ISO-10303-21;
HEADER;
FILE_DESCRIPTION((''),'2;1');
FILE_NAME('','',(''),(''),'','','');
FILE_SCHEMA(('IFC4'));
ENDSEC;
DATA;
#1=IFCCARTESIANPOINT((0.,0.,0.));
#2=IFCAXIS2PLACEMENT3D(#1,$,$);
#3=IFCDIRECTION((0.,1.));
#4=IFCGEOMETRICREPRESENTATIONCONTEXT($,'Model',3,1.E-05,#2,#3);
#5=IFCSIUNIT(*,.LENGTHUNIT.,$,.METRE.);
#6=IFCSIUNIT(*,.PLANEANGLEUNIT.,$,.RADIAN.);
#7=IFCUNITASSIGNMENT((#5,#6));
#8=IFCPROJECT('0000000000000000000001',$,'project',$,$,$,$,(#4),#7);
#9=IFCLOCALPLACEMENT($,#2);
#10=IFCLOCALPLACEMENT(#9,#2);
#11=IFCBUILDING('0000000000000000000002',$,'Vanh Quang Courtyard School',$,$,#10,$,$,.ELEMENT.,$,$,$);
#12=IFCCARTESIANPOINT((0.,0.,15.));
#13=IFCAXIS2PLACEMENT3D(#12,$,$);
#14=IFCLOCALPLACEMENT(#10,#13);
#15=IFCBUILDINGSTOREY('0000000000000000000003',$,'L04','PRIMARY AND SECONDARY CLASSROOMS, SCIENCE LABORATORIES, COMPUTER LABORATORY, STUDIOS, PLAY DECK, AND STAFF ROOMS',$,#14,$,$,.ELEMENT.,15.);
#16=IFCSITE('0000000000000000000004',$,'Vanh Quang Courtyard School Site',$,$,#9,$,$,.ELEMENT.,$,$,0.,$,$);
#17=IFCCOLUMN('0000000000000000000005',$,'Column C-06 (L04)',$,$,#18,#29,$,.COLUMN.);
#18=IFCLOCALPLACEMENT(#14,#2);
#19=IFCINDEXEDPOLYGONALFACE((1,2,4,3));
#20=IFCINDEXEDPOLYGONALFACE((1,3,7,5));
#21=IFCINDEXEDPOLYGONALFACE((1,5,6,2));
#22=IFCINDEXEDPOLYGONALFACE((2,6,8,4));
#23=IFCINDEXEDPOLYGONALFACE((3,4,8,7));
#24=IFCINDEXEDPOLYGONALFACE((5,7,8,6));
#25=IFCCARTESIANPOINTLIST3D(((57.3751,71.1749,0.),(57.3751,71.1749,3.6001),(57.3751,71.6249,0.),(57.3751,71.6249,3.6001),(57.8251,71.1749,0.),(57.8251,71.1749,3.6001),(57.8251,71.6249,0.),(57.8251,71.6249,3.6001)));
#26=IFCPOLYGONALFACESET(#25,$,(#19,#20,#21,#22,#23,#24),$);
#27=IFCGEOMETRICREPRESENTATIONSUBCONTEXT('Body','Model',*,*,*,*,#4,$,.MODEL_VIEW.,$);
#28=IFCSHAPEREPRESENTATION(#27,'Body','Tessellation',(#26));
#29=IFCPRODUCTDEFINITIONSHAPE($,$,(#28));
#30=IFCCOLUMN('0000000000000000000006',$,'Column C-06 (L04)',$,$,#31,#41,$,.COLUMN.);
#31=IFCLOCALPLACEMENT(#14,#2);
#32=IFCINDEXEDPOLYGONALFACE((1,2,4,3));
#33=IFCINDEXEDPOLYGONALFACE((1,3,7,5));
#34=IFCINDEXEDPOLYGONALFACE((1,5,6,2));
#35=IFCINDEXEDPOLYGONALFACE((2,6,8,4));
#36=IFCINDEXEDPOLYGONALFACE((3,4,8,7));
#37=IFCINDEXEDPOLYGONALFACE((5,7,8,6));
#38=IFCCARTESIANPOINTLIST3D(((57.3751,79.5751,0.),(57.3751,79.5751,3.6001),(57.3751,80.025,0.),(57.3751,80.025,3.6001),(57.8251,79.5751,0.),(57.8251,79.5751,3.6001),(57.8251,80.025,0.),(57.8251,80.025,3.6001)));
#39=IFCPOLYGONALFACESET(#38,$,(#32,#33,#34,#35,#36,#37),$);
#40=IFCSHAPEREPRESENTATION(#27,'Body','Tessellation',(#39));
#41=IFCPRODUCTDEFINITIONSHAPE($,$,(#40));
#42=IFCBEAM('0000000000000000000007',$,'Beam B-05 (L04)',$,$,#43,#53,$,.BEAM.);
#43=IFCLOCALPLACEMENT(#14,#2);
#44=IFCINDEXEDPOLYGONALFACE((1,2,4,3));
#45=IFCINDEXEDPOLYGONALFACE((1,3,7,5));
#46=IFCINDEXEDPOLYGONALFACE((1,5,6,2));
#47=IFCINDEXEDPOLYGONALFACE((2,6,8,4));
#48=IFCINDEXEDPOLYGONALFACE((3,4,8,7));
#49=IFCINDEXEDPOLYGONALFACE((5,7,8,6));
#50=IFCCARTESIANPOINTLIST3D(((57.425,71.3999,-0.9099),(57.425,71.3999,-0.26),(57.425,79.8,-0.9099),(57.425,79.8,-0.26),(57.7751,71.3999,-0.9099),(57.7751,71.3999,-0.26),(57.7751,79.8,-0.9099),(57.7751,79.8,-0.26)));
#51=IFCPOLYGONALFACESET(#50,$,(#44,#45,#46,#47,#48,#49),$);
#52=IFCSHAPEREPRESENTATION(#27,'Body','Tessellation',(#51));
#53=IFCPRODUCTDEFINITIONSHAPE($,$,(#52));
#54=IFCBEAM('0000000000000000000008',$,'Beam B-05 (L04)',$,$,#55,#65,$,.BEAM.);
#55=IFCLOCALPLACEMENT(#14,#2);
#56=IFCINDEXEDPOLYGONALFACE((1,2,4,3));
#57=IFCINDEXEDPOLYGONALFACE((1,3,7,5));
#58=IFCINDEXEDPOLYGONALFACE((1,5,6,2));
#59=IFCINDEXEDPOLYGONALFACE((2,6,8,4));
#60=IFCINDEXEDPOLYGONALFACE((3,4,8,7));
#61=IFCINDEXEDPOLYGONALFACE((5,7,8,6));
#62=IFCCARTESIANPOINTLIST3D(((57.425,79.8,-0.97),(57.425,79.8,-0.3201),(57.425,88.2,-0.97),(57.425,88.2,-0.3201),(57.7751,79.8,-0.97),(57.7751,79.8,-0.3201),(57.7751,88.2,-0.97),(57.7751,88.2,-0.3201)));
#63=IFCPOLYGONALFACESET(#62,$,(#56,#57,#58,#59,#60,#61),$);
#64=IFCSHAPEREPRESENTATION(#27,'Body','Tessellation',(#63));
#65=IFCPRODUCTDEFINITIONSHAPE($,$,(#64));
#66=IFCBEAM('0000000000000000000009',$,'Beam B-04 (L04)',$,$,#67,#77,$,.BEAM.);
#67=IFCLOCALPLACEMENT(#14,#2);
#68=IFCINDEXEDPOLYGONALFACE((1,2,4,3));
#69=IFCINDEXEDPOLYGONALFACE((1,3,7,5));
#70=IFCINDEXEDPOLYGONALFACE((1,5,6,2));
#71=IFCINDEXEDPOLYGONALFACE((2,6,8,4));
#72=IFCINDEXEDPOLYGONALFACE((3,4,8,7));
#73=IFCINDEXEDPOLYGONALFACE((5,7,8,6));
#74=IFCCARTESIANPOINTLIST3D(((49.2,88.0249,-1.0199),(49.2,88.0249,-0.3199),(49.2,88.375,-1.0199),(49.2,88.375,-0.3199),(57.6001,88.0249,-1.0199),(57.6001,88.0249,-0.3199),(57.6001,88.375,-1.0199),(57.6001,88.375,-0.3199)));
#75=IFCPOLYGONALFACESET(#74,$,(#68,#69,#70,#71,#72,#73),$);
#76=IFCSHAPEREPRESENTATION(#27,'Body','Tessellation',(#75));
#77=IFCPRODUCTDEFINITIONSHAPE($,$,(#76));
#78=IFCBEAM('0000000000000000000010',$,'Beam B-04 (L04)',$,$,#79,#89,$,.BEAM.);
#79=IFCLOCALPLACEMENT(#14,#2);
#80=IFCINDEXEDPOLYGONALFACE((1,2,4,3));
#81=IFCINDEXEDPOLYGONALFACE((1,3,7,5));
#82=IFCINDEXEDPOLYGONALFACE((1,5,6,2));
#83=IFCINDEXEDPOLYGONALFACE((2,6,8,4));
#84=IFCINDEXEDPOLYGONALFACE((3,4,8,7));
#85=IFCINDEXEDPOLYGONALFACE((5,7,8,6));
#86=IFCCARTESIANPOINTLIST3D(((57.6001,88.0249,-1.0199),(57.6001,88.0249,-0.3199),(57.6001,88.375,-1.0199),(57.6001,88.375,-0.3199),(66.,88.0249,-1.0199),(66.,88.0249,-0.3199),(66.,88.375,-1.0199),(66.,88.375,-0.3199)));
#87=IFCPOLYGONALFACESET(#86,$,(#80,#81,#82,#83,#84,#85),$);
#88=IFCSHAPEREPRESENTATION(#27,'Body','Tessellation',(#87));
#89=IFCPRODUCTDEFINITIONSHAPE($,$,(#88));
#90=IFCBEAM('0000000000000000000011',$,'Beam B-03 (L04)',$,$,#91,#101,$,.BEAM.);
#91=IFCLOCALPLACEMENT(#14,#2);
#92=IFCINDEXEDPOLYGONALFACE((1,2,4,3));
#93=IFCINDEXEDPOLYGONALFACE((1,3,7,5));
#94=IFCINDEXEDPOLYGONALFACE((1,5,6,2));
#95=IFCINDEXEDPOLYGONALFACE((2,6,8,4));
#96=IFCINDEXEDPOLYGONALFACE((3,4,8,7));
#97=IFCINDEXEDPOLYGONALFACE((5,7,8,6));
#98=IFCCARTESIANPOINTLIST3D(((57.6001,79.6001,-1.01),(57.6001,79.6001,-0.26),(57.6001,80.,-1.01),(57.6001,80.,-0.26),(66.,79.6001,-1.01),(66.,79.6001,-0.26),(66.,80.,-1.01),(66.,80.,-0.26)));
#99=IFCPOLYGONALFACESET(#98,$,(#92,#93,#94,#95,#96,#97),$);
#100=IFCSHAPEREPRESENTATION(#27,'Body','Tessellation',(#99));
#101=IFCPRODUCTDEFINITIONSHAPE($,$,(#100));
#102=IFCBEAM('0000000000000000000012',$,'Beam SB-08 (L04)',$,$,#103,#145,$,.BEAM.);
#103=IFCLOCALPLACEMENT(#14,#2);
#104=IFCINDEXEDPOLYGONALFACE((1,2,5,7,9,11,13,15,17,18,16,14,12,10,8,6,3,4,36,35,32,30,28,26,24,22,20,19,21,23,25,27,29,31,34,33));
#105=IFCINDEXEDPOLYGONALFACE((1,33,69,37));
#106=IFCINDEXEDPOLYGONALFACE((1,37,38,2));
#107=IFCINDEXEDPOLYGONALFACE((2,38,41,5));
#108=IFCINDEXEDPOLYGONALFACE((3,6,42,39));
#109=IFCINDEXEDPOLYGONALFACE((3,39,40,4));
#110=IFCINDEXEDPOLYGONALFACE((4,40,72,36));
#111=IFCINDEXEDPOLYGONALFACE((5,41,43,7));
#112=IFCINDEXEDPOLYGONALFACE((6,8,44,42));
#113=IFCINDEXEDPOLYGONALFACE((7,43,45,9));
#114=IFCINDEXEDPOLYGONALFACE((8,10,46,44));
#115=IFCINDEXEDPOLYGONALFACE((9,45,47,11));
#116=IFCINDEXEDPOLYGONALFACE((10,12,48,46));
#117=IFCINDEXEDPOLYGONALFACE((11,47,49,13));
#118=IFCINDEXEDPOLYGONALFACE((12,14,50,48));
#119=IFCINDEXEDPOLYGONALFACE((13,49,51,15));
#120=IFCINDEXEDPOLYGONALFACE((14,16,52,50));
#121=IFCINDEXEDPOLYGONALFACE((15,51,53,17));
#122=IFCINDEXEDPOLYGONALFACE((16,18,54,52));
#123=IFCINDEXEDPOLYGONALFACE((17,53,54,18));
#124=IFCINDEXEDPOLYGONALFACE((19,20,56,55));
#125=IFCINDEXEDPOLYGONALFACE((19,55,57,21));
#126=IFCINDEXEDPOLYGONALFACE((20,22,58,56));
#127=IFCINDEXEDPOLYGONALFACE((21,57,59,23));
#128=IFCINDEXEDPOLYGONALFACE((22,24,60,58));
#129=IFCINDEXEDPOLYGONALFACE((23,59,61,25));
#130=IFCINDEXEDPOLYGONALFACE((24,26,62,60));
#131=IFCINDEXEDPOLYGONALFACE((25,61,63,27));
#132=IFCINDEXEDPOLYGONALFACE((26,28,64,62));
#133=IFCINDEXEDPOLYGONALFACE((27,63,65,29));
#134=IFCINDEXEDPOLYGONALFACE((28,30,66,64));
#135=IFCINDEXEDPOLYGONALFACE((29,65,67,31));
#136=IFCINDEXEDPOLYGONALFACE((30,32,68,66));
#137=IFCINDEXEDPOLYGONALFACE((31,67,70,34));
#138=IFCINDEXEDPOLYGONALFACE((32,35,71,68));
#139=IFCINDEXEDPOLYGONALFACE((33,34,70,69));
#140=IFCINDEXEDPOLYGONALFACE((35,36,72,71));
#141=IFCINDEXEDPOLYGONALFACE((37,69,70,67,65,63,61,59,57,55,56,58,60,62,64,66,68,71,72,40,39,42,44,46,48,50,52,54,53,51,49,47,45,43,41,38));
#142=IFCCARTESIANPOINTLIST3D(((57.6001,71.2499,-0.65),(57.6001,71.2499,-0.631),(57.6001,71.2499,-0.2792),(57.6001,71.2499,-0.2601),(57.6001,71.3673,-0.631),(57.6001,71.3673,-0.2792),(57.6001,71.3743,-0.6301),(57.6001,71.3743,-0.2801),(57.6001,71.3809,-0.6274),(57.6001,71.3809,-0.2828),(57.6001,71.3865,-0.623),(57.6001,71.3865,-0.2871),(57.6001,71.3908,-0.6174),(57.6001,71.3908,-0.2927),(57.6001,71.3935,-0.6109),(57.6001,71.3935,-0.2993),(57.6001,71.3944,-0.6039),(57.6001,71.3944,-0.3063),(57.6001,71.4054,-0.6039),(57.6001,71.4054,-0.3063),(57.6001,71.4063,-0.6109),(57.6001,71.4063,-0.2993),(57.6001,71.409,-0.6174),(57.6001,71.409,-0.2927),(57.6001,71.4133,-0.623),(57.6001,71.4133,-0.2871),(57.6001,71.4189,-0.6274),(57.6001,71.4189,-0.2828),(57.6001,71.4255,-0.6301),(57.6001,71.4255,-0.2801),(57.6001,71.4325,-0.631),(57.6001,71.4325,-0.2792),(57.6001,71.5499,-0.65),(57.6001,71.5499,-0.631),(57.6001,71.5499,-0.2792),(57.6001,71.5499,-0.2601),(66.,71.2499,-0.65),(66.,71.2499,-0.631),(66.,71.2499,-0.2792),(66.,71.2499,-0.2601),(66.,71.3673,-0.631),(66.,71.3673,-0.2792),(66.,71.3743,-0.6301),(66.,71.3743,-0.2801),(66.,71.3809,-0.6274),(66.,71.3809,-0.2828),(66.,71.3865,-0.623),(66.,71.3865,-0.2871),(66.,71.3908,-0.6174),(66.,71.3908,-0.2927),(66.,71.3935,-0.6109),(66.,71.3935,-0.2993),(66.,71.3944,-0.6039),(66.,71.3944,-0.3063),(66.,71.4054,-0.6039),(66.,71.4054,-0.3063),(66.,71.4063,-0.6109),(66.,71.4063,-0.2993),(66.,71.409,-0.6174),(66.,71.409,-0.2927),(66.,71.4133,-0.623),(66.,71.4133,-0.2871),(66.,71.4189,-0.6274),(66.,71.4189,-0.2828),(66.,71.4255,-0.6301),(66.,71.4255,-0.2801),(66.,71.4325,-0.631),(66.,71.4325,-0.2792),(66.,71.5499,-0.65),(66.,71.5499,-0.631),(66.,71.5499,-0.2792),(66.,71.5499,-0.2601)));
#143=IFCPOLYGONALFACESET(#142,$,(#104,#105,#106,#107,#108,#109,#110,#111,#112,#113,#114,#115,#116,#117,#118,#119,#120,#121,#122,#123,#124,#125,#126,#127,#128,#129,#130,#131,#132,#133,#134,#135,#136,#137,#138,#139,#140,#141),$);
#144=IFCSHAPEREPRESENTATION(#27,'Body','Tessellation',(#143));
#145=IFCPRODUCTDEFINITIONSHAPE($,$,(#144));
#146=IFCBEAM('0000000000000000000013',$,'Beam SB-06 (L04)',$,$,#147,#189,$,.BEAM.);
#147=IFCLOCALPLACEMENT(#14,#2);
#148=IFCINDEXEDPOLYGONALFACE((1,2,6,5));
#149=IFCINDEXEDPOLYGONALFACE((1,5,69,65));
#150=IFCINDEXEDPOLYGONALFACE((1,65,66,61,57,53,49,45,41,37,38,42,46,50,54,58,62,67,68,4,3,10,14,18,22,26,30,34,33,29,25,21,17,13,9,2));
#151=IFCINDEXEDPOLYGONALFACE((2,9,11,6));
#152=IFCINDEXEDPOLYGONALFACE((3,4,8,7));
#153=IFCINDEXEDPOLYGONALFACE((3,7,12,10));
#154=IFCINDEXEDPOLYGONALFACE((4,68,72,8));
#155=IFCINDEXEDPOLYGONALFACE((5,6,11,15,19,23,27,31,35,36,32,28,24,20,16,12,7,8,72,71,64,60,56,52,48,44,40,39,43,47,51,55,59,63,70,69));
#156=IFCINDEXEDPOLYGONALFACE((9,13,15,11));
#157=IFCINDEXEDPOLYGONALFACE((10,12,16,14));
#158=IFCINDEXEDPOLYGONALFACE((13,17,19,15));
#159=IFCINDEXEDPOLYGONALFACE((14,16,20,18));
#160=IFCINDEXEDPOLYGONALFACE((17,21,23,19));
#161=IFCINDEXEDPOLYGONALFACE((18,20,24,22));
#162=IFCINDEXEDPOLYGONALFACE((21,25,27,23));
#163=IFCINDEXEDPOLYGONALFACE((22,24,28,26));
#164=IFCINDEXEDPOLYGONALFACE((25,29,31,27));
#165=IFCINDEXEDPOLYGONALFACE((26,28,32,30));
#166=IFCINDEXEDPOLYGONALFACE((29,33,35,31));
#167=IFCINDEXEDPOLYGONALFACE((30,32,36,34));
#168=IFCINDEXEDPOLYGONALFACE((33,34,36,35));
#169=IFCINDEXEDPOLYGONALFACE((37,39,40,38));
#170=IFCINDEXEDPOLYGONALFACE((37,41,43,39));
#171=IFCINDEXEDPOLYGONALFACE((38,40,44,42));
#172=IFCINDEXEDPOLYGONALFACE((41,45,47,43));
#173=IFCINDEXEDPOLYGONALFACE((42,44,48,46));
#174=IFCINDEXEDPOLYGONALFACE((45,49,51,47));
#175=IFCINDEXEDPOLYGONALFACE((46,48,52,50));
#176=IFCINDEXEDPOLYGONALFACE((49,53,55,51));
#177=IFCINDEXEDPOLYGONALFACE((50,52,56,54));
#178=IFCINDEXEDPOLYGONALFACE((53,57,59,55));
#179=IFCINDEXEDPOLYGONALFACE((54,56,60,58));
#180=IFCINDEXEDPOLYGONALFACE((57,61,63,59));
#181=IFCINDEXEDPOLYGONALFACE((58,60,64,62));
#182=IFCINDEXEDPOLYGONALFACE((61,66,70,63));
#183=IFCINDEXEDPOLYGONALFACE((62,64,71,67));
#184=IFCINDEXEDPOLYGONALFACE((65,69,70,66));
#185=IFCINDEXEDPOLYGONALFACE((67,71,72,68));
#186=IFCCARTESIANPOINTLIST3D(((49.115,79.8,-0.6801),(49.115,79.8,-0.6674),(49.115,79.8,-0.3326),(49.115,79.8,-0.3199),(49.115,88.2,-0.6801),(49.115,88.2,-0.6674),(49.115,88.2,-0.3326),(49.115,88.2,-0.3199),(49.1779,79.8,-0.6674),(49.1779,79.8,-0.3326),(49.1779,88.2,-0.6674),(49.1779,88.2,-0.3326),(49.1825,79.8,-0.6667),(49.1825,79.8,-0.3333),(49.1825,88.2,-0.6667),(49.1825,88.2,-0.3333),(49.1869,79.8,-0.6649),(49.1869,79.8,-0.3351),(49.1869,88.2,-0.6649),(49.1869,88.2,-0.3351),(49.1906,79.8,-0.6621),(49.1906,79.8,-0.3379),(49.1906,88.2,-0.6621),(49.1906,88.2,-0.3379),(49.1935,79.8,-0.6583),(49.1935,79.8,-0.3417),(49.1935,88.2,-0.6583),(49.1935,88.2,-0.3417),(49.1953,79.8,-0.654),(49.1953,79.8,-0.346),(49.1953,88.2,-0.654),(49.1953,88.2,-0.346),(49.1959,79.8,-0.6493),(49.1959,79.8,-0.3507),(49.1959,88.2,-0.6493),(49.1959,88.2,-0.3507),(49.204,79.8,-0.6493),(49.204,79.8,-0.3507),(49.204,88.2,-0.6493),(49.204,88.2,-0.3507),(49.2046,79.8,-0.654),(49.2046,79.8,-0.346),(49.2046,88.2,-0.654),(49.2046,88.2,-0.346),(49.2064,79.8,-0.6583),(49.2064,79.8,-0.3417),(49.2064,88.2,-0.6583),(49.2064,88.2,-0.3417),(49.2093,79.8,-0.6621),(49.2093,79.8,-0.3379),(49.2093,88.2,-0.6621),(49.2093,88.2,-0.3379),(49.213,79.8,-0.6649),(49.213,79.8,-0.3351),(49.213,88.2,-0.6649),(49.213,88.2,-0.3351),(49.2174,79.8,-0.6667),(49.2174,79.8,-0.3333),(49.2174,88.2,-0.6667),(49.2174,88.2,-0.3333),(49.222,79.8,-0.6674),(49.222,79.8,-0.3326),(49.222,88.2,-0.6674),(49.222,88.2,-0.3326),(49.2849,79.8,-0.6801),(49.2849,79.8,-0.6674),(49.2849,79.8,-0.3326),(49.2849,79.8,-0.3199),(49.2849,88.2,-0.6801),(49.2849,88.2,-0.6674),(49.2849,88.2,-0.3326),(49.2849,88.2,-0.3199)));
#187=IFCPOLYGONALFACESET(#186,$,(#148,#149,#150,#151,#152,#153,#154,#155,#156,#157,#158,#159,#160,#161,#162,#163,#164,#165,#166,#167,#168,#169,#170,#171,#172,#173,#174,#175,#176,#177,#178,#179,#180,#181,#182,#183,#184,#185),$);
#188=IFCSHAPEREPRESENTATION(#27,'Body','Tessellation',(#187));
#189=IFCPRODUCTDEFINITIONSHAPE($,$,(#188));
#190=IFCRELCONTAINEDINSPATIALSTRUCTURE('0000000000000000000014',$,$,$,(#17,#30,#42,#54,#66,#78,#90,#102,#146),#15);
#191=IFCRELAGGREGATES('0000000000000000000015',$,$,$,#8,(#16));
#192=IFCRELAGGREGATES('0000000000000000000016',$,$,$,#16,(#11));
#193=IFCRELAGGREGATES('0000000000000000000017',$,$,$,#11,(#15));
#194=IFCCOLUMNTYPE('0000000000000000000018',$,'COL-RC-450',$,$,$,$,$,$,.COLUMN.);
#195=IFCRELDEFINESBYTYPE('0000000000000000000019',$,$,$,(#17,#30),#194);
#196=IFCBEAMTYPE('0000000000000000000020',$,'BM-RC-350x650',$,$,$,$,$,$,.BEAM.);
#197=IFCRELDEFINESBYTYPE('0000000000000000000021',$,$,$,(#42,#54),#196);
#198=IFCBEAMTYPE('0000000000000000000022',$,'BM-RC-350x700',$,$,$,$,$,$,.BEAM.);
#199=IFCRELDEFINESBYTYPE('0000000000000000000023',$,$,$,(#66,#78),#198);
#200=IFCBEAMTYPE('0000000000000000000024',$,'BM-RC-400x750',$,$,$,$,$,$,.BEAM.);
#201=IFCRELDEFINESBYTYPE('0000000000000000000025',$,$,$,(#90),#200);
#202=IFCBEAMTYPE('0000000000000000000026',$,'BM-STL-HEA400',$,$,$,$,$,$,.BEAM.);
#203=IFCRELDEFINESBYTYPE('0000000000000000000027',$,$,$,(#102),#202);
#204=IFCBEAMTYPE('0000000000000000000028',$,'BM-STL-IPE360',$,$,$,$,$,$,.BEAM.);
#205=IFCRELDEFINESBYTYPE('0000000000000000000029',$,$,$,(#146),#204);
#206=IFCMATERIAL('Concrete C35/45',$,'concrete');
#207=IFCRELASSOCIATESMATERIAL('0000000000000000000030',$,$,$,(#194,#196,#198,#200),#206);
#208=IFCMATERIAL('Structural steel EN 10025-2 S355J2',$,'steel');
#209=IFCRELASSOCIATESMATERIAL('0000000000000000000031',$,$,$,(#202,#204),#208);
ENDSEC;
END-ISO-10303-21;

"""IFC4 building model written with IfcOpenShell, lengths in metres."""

from ifc_helpers import new_model, si_unit, direction, frame, origin, origin_2d, place, context, subcontext, project, spatial, rectangle, i_section, extrude, material, material_profile, profile_set, type_object, element, save


model = new_model("IFC4")

# Units and contexts
model_context = context("Model", 3, precision=1e-05, world=origin(), true_north=direction((0.0, 1.0)))
body_context = subcontext(model_context, "Body", "Model", "MODEL_VIEW")
ifc_project = project(units=[si_unit("LENGTHUNIT", "METRE"), si_unit("PLANEANGLEUNIT", "RADIAN")], contexts=[model_context])

# Site, building, storey
site_placement = place(None, origin())
site = spatial("IfcSite", under=ifc_project, at=site_placement, Name="Vanh Quang Courtyard School Site", CompositionType="ELEMENT", RefElevation=0.0)
building_placement = place(site_placement, origin())
building = spatial("IfcBuilding", under=site, at=building_placement, Name="Vanh Quang Courtyard School", CompositionType="ELEMENT")
storey_placement = place(building_placement, frame((0.0, 0.0, 15.0)))
storey = spatial("IfcBuildingStorey", under=building, at=storey_placement, Name="L04", Description="PRIMARY AND SECONDARY CLASSROOMS, SCIENCE LABORATORIES, COMPUTER LABORATORY, STUDIOS, PLAY DECK, AND STAFF ROOMS", CompositionType="ELEMENT", Elevation=15.0)

# Columns
ifc_material_1 = material(Name="Concrete C35/45", Category="concrete")
ifc_material_profile_1 = material_profile(ifc_material_1, rectangle(XDim=0.45, YDim=0.45, at=origin_2d()), Name="RC-COL 450x450")
ifc_profile_set_1 = profile_set([ifc_material_profile_1], Name="Concrete C35/45")
column_type = type_object("IfcColumnType", Name="COL-RC-450", PredefinedType="COLUMN", material=ifc_profile_set_1)
for number, where, z_axis, x_axis, name in (
    (1, (57.6001, 71.3999, 0.0), (0.0, 0.0, 1.0), (1.0, 0.0, 0.0), "Column C-06 (L04)"),
    (2, (57.6001, 79.8, 0.0), (0.0, 0.0, 1.0), (1.0, 0.0, 0.0), "Column C-06 (L04)"),
):
    element("IfcColumn", number, at=place(storey_placement, frame(where, z_axis=z_axis, x_axis=x_axis)), inside=storey, type_object=column_type, Name=name, PredefinedType="COLUMN", context=body_context, shape_type="SweptSolid", body=[
        extrude(rectangle(XDim=0.45, YDim=0.45, at=origin_2d()), origin(), (0.0, 0.0, 1.0), 3.6001),
    ])

# Beams
ifc_material_profile_2 = material_profile(ifc_material_1, rectangle(XDim=0.3501, YDim=0.6499, at=origin_2d()), Name="RC-BM 350x650")
ifc_profile_set_2 = profile_set([ifc_material_profile_2], Name="Concrete C35/45")
beam_type_1 = type_object("IfcBeamType", Name="BM-RC-350x650", PredefinedType="BEAM", material=ifc_profile_set_2)
beam_1_placement = place(storey_placement, frame((57.6001, 71.3999, -0.585), z_axis=(0.0, 1.0, 0.0), x_axis=(-1.0, 0.0, 0.0)))
element("IfcBeam", 3, at=beam_1_placement, inside=storey, type_object=beam_type_1, Name="Beam B-05 (L04)", PredefinedType="BEAM", context=body_context, shape_type="SweptSolid", body=[
    extrude(rectangle(XDim=0.3501, YDim=0.6499, at=origin_2d()), origin(), (0.0, 0.0, 1.0), 8.4001),
])
beam_2_placement = place(storey_placement, frame((57.6001, 79.8, -0.645), z_axis=(0.0, 1.0, 0.0), x_axis=(-1.0, 0.0, 0.0)))
element("IfcBeam", 4, at=beam_2_placement, inside=storey, type_object=beam_type_1, Name="Beam B-05 (L04)", PredefinedType="BEAM", context=body_context, shape_type="SweptSolid", body=[
    extrude(rectangle(XDim=0.3501, YDim=0.6499, at=origin_2d()), origin(), (0.0, 0.0, 1.0), 8.3999),
])
ifc_material_profile_3 = material_profile(ifc_material_1, rectangle(XDim=0.3501, YDim=0.7, at=origin_2d()), Name="RC-BM 350x700")
ifc_profile_set_3 = profile_set([ifc_material_profile_3], Name="Concrete C35/45")
beam_type_2 = type_object("IfcBeamType", Name="BM-RC-350x700", PredefinedType="BEAM", material=ifc_profile_set_3)
beam_3_placement = place(storey_placement, frame((49.2, 88.2, -0.6699), z_axis=(1.0, 0.0, 0.0), x_axis=(0.0, 1.0, 0.0)))
element("IfcBeam", 5, at=beam_3_placement, inside=storey, type_object=beam_type_2, Name="Beam B-04 (L04)", PredefinedType="BEAM", context=body_context, shape_type="SweptSolid", body=[
    extrude(rectangle(XDim=0.3501, YDim=0.7, at=origin_2d()), origin(), (0.0, 0.0, 1.0), 8.4001),
])
beam_4_placement = place(storey_placement, frame((57.6001, 88.2, -0.6699), z_axis=(1.0, 0.0, 0.0), x_axis=(0.0, 1.0, 0.0)))
element("IfcBeam", 6, at=beam_4_placement, inside=storey, type_object=beam_type_2, Name="Beam B-04 (L04)", PredefinedType="BEAM", context=body_context, shape_type="SweptSolid", body=[
    extrude(rectangle(XDim=0.3501, YDim=0.7, at=origin_2d()), origin(), (0.0, 0.0, 1.0), 8.3999),
])
ifc_material_profile_4 = material_profile(ifc_material_1, rectangle(XDim=0.3999, YDim=0.75, at=origin_2d()), Name="RC-BM 400x750")
ifc_profile_set_4 = profile_set([ifc_material_profile_4], Name="Concrete C35/45")
beam_type_3 = type_object("IfcBeamType", Name="BM-RC-400x750", PredefinedType="BEAM", material=ifc_profile_set_4)
beam_5_placement = place(storey_placement, frame((57.6001, 79.8, -0.635), z_axis=(1.0, 0.0, 0.0), x_axis=(0.0, 1.0, 0.0)))
element("IfcBeam", 7, at=beam_5_placement, inside=storey, type_object=beam_type_3, Name="Beam B-03 (L04)", PredefinedType="BEAM", context=body_context, shape_type="SweptSolid", body=[
    extrude(rectangle(XDim=0.3999, YDim=0.75, at=origin_2d()), origin(), (0.0, 0.0, 1.0), 8.3999),
])
ifc_material_2 = material(Name="Structural steel EN 10025-2 S355J2", Category="steel")
ifc_material_profile_5 = material_profile(ifc_material_2, i_section(OverallWidth=0.3, OverallDepth=0.3899, WebThickness=0.011, FlangeThickness=0.019, FilletRadius=0.0271, at=origin_2d()), Name="HEA 400")
ifc_profile_set_5 = profile_set([ifc_material_profile_5], Name="Structural steel EN 10025-2 S355J2")
beam_type_4 = type_object("IfcBeamType", Name="BM-STL-HEA400", PredefinedType="BEAM", material=ifc_profile_set_5)
beam_6_placement = place(storey_placement, frame((57.6001, 71.3999, -0.4551), z_axis=(1.0, 0.0, 0.0), x_axis=(0.0, 1.0, 0.0)))
element("IfcBeam", 8, at=beam_6_placement, inside=storey, type_object=beam_type_4, Name="Beam SB-08 (L04)", PredefinedType="BEAM", context=body_context, shape_type="SweptSolid", body=[
    extrude(i_section(OverallWidth=0.3, OverallDepth=0.3899, WebThickness=0.011, FlangeThickness=0.019, FilletRadius=0.0271, at=origin_2d()), origin(), (0.0, 0.0, 1.0), 8.3999),
])
ifc_material_profile_6 = material_profile(ifc_material_2, i_section(OverallWidth=0.1699, OverallDepth=0.3601, WebThickness=0.0081, FlangeThickness=0.0127, FilletRadius=0.0181, at=origin_2d()), Name="IPE 360")
ifc_profile_set_6 = profile_set([ifc_material_profile_6], Name="Structural steel EN 10025-2 S355J2")
beam_type_5 = type_object("IfcBeamType", Name="BM-STL-IPE360", PredefinedType="BEAM", material=ifc_profile_set_6)
beam_7_placement = place(storey_placement, frame((49.2, 79.8, -0.5), z_axis=(0.0, 1.0, 0.0), x_axis=(-1.0, 0.0, 0.0)))
element("IfcBeam", 9, at=beam_7_placement, inside=storey, type_object=beam_type_5, Name="Beam SB-06 (L04)", PredefinedType="BEAM", context=body_context, shape_type="SweptSolid", body=[
    extrude(i_section(OverallWidth=0.1699, OverallDepth=0.3601, WebThickness=0.0081, FlangeThickness=0.0127, FilletRadius=0.0181, at=origin_2d()), origin(), (0.0, 0.0, 1.0), 8.3999),
])

save(model, "model.ifc")
